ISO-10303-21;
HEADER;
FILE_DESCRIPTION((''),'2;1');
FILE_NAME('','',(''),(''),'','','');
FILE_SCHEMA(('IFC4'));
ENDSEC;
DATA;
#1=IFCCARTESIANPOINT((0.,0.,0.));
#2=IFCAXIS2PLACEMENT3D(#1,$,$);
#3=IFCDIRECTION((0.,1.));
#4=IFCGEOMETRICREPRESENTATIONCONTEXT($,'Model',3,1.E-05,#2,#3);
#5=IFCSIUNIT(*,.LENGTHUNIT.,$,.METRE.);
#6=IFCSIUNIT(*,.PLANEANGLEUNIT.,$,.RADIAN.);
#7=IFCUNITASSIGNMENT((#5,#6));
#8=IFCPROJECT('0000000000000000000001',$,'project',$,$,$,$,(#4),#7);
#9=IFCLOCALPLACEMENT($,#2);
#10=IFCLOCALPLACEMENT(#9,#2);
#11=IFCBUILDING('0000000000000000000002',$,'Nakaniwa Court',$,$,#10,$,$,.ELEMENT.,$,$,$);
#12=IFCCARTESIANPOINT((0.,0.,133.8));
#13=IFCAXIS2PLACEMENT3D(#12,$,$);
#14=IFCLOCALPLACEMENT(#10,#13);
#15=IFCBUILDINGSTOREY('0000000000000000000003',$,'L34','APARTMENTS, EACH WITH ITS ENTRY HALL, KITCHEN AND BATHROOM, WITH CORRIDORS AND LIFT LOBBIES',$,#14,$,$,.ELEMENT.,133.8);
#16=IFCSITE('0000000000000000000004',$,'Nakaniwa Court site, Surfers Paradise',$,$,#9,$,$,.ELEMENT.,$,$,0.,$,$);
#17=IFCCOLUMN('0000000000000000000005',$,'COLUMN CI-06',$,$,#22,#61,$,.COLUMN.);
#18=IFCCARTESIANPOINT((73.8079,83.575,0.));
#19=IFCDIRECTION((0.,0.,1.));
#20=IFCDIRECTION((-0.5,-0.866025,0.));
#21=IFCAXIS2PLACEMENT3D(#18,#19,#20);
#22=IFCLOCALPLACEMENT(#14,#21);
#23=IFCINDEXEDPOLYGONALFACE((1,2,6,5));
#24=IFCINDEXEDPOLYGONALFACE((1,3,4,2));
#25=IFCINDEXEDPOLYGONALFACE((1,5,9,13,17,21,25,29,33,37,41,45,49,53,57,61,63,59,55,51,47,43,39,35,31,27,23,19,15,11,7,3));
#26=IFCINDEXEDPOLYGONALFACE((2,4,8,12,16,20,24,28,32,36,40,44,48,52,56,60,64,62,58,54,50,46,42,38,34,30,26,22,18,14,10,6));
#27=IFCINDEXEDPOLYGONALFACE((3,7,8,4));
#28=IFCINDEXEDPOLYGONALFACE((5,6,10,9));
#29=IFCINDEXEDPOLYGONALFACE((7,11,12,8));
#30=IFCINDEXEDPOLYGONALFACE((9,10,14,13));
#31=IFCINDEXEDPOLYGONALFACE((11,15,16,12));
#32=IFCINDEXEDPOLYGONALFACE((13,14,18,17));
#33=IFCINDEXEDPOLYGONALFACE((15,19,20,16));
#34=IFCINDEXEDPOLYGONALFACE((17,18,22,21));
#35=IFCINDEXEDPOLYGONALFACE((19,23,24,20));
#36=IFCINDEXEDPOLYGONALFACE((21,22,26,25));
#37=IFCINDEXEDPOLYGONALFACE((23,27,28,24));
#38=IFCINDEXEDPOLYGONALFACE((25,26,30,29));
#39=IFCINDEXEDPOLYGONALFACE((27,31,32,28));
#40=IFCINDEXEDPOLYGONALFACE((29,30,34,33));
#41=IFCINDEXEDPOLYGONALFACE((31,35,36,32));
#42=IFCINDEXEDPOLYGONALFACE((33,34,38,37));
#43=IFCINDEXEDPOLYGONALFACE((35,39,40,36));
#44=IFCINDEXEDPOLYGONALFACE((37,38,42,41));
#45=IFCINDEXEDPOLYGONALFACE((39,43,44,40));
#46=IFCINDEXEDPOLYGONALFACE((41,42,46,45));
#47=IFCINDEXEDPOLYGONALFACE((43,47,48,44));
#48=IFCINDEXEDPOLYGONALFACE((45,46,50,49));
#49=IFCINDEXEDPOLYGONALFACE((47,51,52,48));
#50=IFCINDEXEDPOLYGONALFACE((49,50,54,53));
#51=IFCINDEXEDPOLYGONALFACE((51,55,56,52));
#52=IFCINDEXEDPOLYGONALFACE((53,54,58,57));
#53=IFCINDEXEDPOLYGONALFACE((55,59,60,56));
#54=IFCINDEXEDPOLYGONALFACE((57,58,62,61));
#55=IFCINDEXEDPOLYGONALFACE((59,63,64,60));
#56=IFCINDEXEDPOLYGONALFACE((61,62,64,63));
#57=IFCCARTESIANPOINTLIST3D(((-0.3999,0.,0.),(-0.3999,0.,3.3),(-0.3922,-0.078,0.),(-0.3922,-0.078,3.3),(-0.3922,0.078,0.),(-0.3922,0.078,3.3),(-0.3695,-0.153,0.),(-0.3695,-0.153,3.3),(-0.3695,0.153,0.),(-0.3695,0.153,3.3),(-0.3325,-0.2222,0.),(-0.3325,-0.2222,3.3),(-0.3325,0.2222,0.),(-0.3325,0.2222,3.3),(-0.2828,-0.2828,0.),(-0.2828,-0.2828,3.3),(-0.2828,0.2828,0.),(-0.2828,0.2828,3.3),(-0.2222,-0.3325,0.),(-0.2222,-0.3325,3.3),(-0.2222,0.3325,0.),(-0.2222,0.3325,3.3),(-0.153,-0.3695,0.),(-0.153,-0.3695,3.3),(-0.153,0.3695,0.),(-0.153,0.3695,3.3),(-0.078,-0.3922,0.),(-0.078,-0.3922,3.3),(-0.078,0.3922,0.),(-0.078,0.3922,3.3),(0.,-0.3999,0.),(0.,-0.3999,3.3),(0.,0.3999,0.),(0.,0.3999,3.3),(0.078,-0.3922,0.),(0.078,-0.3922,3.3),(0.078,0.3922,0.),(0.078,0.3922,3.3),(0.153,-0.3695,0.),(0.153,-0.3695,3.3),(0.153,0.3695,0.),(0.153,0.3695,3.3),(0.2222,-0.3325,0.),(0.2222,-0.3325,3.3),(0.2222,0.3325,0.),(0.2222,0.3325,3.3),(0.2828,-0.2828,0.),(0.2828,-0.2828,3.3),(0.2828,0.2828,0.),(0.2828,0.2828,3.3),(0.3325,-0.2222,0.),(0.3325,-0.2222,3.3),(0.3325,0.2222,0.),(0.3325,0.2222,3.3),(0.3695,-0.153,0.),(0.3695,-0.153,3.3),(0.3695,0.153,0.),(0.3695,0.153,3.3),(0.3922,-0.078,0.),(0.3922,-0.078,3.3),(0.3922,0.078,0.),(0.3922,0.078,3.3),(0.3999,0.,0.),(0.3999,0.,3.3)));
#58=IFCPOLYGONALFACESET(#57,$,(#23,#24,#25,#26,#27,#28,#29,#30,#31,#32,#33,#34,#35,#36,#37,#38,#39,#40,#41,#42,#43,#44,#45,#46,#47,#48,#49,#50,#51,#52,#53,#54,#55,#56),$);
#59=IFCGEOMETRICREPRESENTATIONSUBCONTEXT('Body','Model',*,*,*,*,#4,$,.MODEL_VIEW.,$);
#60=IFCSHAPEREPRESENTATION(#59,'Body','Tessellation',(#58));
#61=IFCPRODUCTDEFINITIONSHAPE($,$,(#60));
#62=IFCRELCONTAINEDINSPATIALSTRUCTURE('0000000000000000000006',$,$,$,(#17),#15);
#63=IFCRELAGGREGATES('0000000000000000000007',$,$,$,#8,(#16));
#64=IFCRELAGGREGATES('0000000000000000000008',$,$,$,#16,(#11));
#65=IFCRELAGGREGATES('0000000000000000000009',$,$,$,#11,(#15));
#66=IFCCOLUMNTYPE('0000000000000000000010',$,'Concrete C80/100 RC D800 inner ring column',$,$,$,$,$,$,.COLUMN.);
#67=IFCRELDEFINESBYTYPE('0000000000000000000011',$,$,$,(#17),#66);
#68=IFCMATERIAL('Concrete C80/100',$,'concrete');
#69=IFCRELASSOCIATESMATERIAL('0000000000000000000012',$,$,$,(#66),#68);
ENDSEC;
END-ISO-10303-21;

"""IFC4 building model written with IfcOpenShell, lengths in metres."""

from ifc_helpers import new_model, si_unit, direction, frame, origin, origin_2d, place, context, subcontext, project, spatial, circle, extrude, material, material_profile, profile_set, type_object, element, save


model = new_model("IFC4")

# Units and contexts
model_context = context("Model", 3, precision=1e-05, world=origin(), true_north=direction((0.0, 1.0)))
body_context = subcontext(model_context, "Body", "Model", "MODEL_VIEW")
ifc_project = project(units=[si_unit("LENGTHUNIT", "METRE"), si_unit("PLANEANGLEUNIT", "RADIAN")], contexts=[model_context])

# Site, building, storey
site_placement = place(None, origin())
site = spatial("IfcSite", under=ifc_project, at=site_placement, Name="Nakaniwa Court site, Surfers Paradise", CompositionType="ELEMENT", RefElevation=0.0)
building_placement = place(site_placement, origin())
building = spatial("IfcBuilding", under=site, at=building_placement, Name="Nakaniwa Court", CompositionType="ELEMENT")
storey_placement = place(building_placement, frame((0.0, 0.0, 133.8)))
storey = spatial("IfcBuildingStorey", under=building, at=storey_placement, Name="L34", Description="APARTMENTS, EACH WITH ITS ENTRY HALL, KITCHEN AND BATHROOM, WITH CORRIDORS AND LIFT LOBBIES", CompositionType="ELEMENT", Elevation=133.8)

# Column
ifc_material_1 = material(Name="Concrete C80/100", Category="concrete")
ifc_material_profile_1 = material_profile(ifc_material_1, circle(Radius=0.3999, at=origin_2d()), Name="Concrete C80/100 RC D800 inner ring column")
ifc_profile_set_1 = profile_set([ifc_material_profile_1], Name="Concrete C80/100")
column_type_1 = type_object("IfcColumnType", Name="Concrete C80/100 RC D800 inner ring column", PredefinedType="COLUMN", material=ifc_profile_set_1)
column_placement = place(storey_placement, frame((73.8079, 83.575, 0.0), z_axis=(0.0, 0.0, 1.0), x_axis=(-0.5, -0.866025, 0.0)))
element("IfcColumn", 1, at=column_placement, inside=storey, type_object=column_type_1, Name="COLUMN CI-06", PredefinedType="COLUMN", context=body_context, shape_type="SweptSolid", body=[
    extrude(circle(Radius=0.3999, at=origin_2d()), origin(), (0.0, 0.0, 1.0), 3.3),
])

save(model, "model.ifc")
